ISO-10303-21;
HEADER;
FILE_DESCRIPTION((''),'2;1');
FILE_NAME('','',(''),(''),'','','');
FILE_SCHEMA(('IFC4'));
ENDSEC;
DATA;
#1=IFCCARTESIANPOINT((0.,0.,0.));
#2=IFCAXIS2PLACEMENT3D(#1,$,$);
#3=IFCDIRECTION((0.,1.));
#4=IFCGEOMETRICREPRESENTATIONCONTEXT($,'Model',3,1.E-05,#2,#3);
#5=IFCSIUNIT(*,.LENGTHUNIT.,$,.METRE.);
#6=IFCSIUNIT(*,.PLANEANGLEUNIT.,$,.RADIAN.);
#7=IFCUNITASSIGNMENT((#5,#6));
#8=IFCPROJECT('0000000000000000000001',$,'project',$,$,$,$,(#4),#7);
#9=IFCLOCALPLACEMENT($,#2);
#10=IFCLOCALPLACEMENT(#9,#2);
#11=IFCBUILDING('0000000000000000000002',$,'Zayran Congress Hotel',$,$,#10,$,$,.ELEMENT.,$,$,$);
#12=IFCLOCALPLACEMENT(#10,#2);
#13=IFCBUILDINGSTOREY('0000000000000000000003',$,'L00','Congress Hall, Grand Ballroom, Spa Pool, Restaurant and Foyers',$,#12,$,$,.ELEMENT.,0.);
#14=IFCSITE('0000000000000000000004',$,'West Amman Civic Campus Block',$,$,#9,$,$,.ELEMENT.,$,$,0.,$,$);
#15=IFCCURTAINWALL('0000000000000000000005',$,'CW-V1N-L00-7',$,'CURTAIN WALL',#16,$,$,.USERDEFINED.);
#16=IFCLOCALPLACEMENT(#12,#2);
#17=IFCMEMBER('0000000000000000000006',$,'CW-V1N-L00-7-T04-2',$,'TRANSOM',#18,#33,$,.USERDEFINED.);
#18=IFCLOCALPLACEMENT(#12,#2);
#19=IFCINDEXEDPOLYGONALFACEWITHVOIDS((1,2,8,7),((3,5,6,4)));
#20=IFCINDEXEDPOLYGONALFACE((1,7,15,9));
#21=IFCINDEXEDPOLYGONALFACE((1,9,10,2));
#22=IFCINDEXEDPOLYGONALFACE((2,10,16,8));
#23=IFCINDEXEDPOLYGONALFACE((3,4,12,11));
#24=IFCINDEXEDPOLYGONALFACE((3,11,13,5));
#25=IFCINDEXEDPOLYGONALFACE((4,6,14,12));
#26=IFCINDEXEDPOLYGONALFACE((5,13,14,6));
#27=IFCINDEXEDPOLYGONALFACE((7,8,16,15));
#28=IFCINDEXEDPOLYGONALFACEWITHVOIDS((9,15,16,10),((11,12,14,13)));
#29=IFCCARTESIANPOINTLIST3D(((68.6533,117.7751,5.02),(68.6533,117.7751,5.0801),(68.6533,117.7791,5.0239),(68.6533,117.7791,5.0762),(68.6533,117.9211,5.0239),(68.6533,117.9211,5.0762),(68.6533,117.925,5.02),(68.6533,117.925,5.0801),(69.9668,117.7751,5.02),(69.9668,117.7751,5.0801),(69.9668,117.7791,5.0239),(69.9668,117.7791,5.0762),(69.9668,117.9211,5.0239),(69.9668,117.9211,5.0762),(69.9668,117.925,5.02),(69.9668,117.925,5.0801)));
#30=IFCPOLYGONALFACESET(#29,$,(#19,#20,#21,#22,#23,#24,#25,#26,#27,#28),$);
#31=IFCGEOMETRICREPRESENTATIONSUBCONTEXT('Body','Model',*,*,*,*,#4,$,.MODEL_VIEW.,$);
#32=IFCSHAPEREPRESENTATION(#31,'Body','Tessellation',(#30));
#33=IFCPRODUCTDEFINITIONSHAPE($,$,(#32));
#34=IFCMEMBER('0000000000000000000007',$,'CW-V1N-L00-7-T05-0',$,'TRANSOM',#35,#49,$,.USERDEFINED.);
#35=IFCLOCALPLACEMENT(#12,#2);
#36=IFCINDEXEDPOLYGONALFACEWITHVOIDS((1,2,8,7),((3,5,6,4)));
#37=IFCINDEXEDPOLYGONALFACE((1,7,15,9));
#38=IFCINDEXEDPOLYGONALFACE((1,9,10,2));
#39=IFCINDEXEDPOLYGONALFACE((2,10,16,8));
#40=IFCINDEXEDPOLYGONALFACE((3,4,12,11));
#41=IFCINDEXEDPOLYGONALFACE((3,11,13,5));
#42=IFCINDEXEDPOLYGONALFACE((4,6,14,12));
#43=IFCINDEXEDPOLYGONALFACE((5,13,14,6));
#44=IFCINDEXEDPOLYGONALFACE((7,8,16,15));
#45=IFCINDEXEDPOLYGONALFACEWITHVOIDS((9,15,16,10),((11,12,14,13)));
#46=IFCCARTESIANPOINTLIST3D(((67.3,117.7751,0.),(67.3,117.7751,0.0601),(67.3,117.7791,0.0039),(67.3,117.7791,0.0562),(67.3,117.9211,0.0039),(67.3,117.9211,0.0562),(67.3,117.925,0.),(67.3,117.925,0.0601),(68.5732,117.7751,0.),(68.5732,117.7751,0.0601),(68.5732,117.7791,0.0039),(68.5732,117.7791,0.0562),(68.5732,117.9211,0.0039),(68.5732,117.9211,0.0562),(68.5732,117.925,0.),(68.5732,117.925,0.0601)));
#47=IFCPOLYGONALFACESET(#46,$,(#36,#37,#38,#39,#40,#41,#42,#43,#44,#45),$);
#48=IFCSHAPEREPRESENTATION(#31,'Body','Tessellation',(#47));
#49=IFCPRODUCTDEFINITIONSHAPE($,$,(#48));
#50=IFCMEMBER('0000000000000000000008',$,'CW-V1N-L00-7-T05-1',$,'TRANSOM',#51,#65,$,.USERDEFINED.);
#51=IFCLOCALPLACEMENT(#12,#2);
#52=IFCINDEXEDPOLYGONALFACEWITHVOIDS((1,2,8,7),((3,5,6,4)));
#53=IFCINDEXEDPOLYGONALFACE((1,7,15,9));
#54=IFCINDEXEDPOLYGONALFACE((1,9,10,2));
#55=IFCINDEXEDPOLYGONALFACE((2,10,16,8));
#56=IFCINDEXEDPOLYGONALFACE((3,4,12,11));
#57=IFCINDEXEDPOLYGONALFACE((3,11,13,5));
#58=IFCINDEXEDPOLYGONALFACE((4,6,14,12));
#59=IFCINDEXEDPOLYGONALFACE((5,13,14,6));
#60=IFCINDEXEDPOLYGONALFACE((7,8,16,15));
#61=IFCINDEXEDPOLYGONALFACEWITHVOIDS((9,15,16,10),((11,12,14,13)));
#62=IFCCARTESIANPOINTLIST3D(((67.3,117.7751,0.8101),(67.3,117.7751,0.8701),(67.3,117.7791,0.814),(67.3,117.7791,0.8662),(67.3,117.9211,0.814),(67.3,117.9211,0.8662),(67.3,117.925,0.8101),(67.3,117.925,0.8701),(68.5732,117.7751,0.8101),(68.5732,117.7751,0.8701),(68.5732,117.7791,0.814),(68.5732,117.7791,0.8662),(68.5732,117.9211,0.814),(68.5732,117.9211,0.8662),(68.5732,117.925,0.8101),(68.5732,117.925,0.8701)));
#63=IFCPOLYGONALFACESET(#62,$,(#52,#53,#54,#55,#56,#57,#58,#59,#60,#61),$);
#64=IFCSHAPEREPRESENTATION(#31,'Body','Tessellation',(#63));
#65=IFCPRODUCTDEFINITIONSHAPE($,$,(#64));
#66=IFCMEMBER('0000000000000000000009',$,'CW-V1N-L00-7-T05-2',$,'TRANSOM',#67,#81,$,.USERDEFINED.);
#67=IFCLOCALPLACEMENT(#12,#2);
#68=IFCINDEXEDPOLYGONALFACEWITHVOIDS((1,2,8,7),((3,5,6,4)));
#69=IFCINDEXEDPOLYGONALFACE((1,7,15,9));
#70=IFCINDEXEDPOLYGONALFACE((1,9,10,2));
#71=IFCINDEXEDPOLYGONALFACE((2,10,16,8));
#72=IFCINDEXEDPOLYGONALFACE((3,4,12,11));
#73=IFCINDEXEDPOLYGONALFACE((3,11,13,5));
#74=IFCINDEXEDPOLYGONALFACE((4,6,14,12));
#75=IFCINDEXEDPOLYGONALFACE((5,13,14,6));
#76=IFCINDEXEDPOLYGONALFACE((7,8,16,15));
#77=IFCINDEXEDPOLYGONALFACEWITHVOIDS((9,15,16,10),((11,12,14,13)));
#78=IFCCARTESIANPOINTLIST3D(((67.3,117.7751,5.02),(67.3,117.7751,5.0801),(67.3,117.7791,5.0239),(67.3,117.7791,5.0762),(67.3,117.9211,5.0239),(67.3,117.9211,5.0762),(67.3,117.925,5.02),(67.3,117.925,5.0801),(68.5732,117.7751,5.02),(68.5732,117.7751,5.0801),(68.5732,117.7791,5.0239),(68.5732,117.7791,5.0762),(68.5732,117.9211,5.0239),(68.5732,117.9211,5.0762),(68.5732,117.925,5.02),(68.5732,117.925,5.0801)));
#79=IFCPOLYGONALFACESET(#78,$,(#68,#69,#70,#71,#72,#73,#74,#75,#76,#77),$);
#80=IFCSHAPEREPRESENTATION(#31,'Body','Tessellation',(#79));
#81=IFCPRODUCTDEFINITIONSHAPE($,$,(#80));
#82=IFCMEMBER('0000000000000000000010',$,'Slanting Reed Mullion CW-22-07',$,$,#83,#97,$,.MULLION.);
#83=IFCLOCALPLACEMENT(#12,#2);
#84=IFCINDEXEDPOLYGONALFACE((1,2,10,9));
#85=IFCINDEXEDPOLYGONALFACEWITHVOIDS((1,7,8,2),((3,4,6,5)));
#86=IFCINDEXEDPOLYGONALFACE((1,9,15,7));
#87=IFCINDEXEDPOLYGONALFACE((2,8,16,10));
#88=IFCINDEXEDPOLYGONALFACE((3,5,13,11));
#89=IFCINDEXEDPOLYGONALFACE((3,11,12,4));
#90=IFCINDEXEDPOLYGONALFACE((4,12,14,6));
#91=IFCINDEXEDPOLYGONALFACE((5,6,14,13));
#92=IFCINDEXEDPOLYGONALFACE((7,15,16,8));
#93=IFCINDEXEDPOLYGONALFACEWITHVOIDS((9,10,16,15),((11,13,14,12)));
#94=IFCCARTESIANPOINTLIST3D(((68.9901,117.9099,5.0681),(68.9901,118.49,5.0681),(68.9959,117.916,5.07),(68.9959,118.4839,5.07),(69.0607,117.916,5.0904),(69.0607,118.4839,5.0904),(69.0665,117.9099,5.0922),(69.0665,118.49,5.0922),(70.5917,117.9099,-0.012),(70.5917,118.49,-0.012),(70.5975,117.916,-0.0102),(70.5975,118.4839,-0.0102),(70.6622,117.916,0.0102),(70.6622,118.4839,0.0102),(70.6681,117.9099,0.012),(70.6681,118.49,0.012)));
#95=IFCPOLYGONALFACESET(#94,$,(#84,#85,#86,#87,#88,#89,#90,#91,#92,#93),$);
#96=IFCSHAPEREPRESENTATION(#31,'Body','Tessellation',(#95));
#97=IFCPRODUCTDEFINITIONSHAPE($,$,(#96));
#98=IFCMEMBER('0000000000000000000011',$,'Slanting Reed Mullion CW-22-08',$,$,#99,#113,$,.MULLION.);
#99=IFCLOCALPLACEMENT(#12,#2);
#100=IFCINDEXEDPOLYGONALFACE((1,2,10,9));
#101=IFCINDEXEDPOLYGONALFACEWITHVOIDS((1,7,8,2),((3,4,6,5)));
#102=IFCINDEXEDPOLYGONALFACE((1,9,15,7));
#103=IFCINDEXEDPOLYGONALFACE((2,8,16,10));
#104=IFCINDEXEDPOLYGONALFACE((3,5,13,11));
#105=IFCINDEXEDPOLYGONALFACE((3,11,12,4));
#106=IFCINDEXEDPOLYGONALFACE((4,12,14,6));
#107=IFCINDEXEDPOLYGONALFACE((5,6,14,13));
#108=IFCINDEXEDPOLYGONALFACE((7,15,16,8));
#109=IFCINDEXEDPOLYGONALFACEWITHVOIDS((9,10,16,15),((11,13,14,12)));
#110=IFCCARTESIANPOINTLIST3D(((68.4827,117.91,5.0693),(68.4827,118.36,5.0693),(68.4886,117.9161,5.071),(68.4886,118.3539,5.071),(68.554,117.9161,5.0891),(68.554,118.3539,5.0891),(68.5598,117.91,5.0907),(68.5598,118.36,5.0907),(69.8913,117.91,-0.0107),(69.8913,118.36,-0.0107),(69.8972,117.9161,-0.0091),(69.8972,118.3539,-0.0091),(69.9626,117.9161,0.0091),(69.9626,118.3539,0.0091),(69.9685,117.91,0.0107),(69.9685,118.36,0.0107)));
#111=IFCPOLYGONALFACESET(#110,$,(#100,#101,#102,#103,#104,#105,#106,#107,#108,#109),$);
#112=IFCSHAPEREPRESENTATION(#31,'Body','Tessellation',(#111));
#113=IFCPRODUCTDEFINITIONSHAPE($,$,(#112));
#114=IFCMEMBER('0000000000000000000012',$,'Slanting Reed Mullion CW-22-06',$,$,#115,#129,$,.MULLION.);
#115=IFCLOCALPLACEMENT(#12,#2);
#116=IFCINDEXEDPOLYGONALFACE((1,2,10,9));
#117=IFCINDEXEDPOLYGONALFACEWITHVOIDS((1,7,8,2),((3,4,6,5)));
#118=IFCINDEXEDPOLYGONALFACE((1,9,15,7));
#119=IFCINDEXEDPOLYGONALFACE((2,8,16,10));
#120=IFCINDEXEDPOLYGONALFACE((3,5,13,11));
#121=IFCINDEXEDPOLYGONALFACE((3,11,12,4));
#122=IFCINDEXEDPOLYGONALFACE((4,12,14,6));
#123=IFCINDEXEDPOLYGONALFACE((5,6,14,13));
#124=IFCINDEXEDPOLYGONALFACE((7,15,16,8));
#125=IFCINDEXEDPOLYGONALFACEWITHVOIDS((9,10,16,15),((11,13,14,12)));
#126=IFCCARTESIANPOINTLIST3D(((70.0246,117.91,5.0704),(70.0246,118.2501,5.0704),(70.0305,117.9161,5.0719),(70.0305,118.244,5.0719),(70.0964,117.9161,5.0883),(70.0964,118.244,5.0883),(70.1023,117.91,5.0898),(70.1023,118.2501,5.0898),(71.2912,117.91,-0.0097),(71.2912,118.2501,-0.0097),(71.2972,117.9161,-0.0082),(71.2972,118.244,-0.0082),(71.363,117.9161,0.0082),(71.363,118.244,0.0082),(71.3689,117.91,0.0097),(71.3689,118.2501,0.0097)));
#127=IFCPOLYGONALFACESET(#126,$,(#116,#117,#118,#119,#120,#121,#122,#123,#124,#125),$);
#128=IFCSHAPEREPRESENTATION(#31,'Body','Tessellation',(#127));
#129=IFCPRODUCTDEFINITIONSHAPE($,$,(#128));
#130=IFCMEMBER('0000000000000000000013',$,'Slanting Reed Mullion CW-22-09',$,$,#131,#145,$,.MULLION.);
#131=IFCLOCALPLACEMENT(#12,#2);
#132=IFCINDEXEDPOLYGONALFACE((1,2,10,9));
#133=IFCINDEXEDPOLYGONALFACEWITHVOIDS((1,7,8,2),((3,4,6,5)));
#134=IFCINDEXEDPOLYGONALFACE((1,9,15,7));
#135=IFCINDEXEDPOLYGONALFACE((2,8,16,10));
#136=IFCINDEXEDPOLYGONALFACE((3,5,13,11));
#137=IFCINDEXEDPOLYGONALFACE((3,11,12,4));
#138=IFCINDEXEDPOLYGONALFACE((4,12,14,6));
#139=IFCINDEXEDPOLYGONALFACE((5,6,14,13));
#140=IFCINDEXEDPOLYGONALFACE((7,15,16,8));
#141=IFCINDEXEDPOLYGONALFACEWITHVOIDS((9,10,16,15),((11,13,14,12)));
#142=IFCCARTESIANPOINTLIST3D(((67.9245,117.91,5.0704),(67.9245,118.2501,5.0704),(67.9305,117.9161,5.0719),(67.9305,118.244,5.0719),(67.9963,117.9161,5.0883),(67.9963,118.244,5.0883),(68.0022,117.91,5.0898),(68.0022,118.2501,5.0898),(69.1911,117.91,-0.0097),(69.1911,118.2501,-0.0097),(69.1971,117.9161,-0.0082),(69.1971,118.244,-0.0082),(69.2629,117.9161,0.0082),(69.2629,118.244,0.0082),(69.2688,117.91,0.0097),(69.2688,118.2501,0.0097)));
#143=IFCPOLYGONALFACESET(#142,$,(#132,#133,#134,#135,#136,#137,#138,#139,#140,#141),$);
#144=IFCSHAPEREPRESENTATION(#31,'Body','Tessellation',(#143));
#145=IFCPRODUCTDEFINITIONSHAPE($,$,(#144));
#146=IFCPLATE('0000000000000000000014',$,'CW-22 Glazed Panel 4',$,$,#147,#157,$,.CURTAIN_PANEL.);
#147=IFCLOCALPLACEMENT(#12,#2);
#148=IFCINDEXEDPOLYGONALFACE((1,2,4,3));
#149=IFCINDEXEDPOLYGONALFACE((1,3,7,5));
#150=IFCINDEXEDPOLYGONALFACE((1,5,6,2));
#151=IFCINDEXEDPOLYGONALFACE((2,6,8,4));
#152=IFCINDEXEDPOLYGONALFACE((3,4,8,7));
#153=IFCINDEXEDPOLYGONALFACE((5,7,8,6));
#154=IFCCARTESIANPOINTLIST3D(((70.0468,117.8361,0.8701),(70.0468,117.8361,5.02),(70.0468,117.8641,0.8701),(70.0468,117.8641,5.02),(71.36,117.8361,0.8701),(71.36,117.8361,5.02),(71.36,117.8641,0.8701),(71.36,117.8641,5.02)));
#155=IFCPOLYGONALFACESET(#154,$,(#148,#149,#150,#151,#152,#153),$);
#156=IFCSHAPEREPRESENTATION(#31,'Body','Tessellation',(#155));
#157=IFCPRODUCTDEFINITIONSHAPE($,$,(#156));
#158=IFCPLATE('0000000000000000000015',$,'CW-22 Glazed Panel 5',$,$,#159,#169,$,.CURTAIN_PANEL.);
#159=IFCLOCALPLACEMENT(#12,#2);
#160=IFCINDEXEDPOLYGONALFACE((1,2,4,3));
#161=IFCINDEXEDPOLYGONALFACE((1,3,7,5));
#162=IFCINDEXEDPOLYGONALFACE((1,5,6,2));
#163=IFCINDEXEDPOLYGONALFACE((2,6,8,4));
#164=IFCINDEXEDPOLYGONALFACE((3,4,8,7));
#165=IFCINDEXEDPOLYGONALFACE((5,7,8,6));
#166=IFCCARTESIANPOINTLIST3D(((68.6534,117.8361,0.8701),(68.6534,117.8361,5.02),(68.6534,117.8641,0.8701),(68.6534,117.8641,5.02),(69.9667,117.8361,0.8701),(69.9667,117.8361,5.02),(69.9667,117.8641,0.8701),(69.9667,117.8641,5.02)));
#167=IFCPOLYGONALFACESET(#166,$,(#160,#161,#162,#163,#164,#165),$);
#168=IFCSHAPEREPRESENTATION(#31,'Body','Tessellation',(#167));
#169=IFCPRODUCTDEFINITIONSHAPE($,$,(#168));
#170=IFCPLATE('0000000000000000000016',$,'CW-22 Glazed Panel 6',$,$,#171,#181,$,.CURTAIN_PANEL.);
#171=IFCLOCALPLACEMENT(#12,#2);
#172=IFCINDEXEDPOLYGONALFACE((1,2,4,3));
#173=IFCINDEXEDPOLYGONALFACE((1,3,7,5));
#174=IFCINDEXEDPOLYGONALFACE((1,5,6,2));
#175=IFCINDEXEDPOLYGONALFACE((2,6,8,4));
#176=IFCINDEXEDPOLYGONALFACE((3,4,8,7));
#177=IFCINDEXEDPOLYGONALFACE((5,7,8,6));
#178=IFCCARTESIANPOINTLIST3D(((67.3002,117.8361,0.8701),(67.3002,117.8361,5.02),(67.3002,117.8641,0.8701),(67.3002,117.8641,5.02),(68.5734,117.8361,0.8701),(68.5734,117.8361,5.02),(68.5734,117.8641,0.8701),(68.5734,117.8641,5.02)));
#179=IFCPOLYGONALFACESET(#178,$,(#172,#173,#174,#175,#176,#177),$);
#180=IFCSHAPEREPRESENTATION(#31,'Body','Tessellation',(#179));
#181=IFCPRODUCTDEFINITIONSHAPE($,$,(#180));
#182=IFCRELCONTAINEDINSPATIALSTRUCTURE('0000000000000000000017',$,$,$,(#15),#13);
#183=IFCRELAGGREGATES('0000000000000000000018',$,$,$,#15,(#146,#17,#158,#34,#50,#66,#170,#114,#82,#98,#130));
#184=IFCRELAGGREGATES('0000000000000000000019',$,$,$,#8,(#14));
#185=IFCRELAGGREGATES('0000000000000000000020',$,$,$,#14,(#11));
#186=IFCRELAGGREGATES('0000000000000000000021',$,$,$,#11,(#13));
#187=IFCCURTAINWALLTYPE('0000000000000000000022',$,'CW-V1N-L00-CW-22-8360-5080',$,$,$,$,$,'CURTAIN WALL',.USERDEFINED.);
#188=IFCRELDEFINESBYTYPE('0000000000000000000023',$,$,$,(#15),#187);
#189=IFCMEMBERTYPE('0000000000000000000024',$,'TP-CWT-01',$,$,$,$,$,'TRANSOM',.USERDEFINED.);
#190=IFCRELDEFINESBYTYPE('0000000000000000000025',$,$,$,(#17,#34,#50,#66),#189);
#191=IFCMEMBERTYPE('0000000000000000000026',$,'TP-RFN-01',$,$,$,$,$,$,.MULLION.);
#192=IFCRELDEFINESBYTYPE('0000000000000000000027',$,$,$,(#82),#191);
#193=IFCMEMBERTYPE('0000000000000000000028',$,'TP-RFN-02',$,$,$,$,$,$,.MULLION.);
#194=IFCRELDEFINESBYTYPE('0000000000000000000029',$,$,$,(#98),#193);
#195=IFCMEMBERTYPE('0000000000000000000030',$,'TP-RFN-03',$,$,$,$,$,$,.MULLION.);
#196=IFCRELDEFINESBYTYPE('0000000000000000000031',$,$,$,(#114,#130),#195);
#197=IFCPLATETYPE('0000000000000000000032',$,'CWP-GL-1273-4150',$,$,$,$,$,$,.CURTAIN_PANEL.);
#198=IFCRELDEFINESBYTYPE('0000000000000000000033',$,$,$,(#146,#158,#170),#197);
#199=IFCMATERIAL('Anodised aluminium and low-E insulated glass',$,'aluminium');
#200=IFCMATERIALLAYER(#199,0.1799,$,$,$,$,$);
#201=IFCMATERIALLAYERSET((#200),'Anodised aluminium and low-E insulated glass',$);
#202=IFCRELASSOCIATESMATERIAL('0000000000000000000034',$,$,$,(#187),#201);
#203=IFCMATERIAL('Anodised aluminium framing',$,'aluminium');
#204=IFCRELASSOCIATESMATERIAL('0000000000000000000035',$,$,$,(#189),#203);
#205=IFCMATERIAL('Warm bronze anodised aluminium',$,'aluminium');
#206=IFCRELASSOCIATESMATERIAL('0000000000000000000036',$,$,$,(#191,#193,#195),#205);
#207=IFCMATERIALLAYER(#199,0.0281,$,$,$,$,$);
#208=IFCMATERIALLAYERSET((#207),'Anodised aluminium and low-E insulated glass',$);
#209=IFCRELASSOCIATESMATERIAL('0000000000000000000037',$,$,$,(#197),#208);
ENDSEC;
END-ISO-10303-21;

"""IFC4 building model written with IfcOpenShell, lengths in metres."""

from ifc_helpers import new_model, si_unit, direction, frame, origin, origin_2d, place, context, subcontext, project, spatial, rectangle, hollow_rectangle, extrude, material, layer, layer_set, material_profile, profile_set, type_object, element, aggregate, save


model = new_model("IFC4")

# Units and contexts
model_context = context("Model", 3, precision=1e-05, world=origin(), true_north=direction((0.0, 1.0)))
body_context = subcontext(model_context, "Body", "Model", "MODEL_VIEW")
ifc_project = project(units=[si_unit("LENGTHUNIT", "METRE"), si_unit("PLANEANGLEUNIT", "RADIAN")], contexts=[model_context])

# Site, building, storey
site_placement = place(None, origin())
site = spatial("IfcSite", under=ifc_project, at=site_placement, Name="West Amman Civic Campus Block", CompositionType="ELEMENT", RefElevation=0.0)
building_placement = place(site_placement, origin())
building = spatial("IfcBuilding", under=site, at=building_placement, Name="Zayran Congress Hotel", CompositionType="ELEMENT")
storey_placement = place(building_placement, origin())
storey = spatial("IfcBuildingStorey", under=building, at=storey_placement, Name="L00", Description="Congress Hall, Grand Ballroom, Spa Pool, Restaurant and Foyers", CompositionType="ELEMENT", Elevation=0.0)

# Shared definitions
ifc_material_1 = material(Name="Anodised aluminium and low-E insulated glass", Category="aluminium")
ifc_material_2 = material(Name="Anodised aluminium framing", Category="aluminium")

# Curtain wall
ifc_layer_1 = layer(ifc_material_1, 0.1799)
ifc_layer_set_1 = layer_set([ifc_layer_1], Name="Anodised aluminium and low-E insulated glass")
curtain_wall_type_1 = type_object("IfcCurtainWallType", Name="CW-V1N-L00-CW-22-8360-5080", ElementType="CURTAIN WALL", PredefinedType="USERDEFINED", material=ifc_layer_set_1)
curtain_wall_1_placement = place(storey_placement, origin())
curtain_wall_1 = element("IfcCurtainWall", 1, at=curtain_wall_1_placement, inside=storey, type_object=curtain_wall_type_1, Name="CW-V1N-L00-7", ObjectType="CURTAIN WALL", PredefinedType="USERDEFINED")

# Members
ifc_material_profile_1 = material_profile(ifc_material_2, hollow_rectangle(XDim=0.0601, YDim=0.1499, WallThickness=0.0039, at=origin_2d()), Name="RHS 150x60x4")
ifc_profile_set_1 = profile_set([ifc_material_profile_1], Name="Anodised aluminium framing")
member_type_1 = type_object("IfcMemberType", Name="TP-CWT-01", ElementType="TRANSOM", PredefinedType="USERDEFINED", material=ifc_profile_set_1)
member_1_placement = place(storey_placement, frame((69.9668, 117.8501, 5.05), z_axis=(-1.0, 0.0, 0.0), x_axis=(0.0, 0.0, 1.0)))
member_1 = element("IfcMember", 2, at=member_1_placement, type_object=member_type_1, Name="CW-V1N-L00-7-T04-2", ObjectType="TRANSOM", PredefinedType="USERDEFINED", context=body_context, shape_type="SweptSolid", body=[
    extrude(hollow_rectangle(XDim=0.0601, YDim=0.1499, WallThickness=0.0039, at=origin_2d()), origin(), (0.0, 0.0, 1.0), 1.3135),
])
member_2_placement = place(storey_placement, frame((68.5732, 117.8501, 0.03), z_axis=(-1.0, 0.0, 0.0), x_axis=(0.0, 0.0, 1.0)))
member_2 = element("IfcMember", 3, at=member_2_placement, type_object=member_type_1, Name="CW-V1N-L00-7-T05-0", ObjectType="TRANSOM", PredefinedType="USERDEFINED", context=body_context, shape_type="SweptSolid", body=[
    extrude(hollow_rectangle(XDim=0.0601, YDim=0.1499, WallThickness=0.0039, at=origin_2d()), origin(), (0.0, 0.0, 1.0), 1.2732),
])
member_3_placement = place(storey_placement, frame((68.5732, 117.8501, 0.8401), z_axis=(-1.0, 0.0, 0.0), x_axis=(0.0, 0.0, 1.0)))
member_3 = element("IfcMember", 4, at=member_3_placement, type_object=member_type_1, Name="CW-V1N-L00-7-T05-1", ObjectType="TRANSOM", PredefinedType="USERDEFINED", context=body_context, shape_type="SweptSolid", body=[
    extrude(hollow_rectangle(XDim=0.0601, YDim=0.1499, WallThickness=0.0039, at=origin_2d()), origin(), (0.0, 0.0, 1.0), 1.2732),
])
member_4_placement = place(storey_placement, frame((68.5732, 117.8501, 5.05), z_axis=(-1.0, 0.0, 0.0), x_axis=(0.0, 0.0, 1.0)))
member_4 = element("IfcMember", 5, at=member_4_placement, type_object=member_type_1, Name="CW-V1N-L00-7-T05-2", ObjectType="TRANSOM", PredefinedType="USERDEFINED", context=body_context, shape_type="SweptSolid", body=[
    extrude(hollow_rectangle(XDim=0.0601, YDim=0.1499, WallThickness=0.0039, at=origin_2d()), origin(), (0.0, 0.0, 1.0), 1.2732),
])
ifc_material_3 = material(Name="Warm bronze anodised aluminium", Category="aluminium")
ifc_material_profile_2 = material_profile(ifc_material_3, hollow_rectangle(XDim=0.0801, YDim=0.5801, WallThickness=0.0061, at=origin_2d()), Name="RHS 580x80x6")
ifc_profile_set_2 = profile_set([ifc_material_profile_2], Name="Warm bronze anodised aluminium")
member_type_2 = type_object("IfcMemberType", Name="TP-RFN-01", PredefinedType="MULLION", material=ifc_profile_set_2)
member_5_placement = place(storey_placement, frame((70.6299, 118.2, 0.0), z_axis=(-0.300675, 0.0, 0.953727), x_axis=(0.953727, 0.0, 0.300675)))
member_5 = element("IfcMember", 6, at=member_5_placement, type_object=member_type_2, Name="Slanting Reed Mullion CW-22-07", PredefinedType="MULLION", context=body_context, shape_type="SweptSolid", body=[
    extrude(hollow_rectangle(XDim=0.0801, YDim=0.5801, WallThickness=0.0061, at=origin_2d()), origin(), (0.0, 0.0, 1.0), 5.3267),
])
ifc_material_profile_3 = material_profile(ifc_material_3, hollow_rectangle(XDim=0.0801, YDim=0.45, WallThickness=0.0061, at=origin_2d()), Name="RHS 450x80x6")
ifc_profile_set_3 = profile_set([ifc_material_profile_3], Name="Warm bronze anodised aluminium")
member_type_3 = type_object("IfcMemberType", Name="TP-RFN-02", PredefinedType="MULLION", material=ifc_profile_set_3)
member_6_placement = place(storey_placement, frame((69.9299, 118.135, 0.0), z_axis=(-0.267214, 0.0, 0.963637), x_axis=(0.963637, 0.0, 0.267214)))
member_6 = element("IfcMember", 7, at=member_6_placement, type_object=member_type_3, Name="Slanting Reed Mullion CW-22-08", PredefinedType="MULLION", context=body_context, shape_type="SweptSolid", body=[
    extrude(hollow_rectangle(XDim=0.0801, YDim=0.45, WallThickness=0.0061, at=origin_2d()), origin(), (0.0, 0.0, 1.0), 5.2717),
])
ifc_material_profile_4 = material_profile(ifc_material_3, hollow_rectangle(XDim=0.0801, YDim=0.3401, WallThickness=0.0061, at=origin_2d()), Name="RHS 340x80x6")
ifc_profile_set_4 = profile_set([ifc_material_profile_4], Name="Warm bronze anodised aluminium")
member_type_4 = type_object("IfcMemberType", Name="TP-RFN-03", PredefinedType="MULLION", material=ifc_profile_set_4)
member_7_placement = place(storey_placement, frame((71.3301, 118.0801, 0.0), z_axis=(-0.241921, 0.0, 0.970296), x_axis=(0.970296, 0.0, 0.241921)))
member_7 = element("IfcMember", 8, at=member_7_placement, type_object=member_type_4, Name="Slanting Reed Mullion CW-22-06", PredefinedType="MULLION", context=body_context, shape_type="SweptSolid", body=[
    extrude(hollow_rectangle(XDim=0.0801, YDim=0.3401, WallThickness=0.0061, at=origin_2d()), origin(), (0.0, 0.0, 1.0), 5.2356),
])
member_8_placement = place(storey_placement, frame((69.23, 118.0801, 0.0), z_axis=(-0.241921, 0.0, 0.970296), x_axis=(0.970296, 0.0, 0.241921)))
member_8 = element("IfcMember", 9, at=member_8_placement, type_object=member_type_4, Name="Slanting Reed Mullion CW-22-09", PredefinedType="MULLION", context=body_context, shape_type="SweptSolid", body=[
    extrude(hollow_rectangle(XDim=0.0801, YDim=0.3401, WallThickness=0.0061, at=origin_2d()), origin(), (0.0, 0.0, 1.0), 5.2356),
])

# Plates
ifc_layer_2 = layer(ifc_material_1, 0.0281)
ifc_layer_set_2 = layer_set([ifc_layer_2], Name="Anodised aluminium and low-E insulated glass")
plate_type_1 = type_object("IfcPlateType", Name="CWP-GL-1273-4150", PredefinedType="CURTAIN_PANEL", material=ifc_layer_set_2)
plate_1_placement = place(storey_placement, frame((70.7034, 117.8501, 0.8701), z_axis=(0.0, 0.0, 1.0), x_axis=(1.0, 0.0, 0.0)))
plate_1 = element("IfcPlate", 10, at=plate_1_placement, type_object=plate_type_1, Name="CW-22 Glazed Panel 4", PredefinedType="CURTAIN_PANEL", context=body_context, shape_type="SweptSolid", body=[
    extrude(rectangle(XDim=1.3132, YDim=0.0281, at=origin_2d()), origin(), (0.0, 0.0, 1.0), 4.1499),
])
plate_2_placement = place(storey_placement, frame((69.3101, 117.8501, 0.8701), z_axis=(0.0, 0.0, 1.0), x_axis=(1.0, 0.0, 0.0)))
plate_2 = element("IfcPlate", 11, at=plate_2_placement, type_object=plate_type_1, Name="CW-22 Glazed Panel 5", PredefinedType="CURTAIN_PANEL", context=body_context, shape_type="SweptSolid", body=[
    extrude(rectangle(XDim=1.3132, YDim=0.0281, at=origin_2d()), origin(), (0.0, 0.0, 1.0), 4.1499),
])
plate_3_placement = place(storey_placement, frame((67.9368, 117.8501, 0.8701), z_axis=(0.0, 0.0, 1.0), x_axis=(1.0, 0.0, 0.0)))
plate_3 = element("IfcPlate", 12, at=plate_3_placement, type_object=plate_type_1, Name="CW-22 Glazed Panel 6", PredefinedType="CURTAIN_PANEL", context=body_context, shape_type="SweptSolid", body=[
    extrude(rectangle(XDim=1.2732, YDim=0.0281, at=origin_2d()), origin(), (0.0, 0.0, 1.0), 4.1499),
])
aggregate(curtain_wall_1, [plate_1, member_1, plate_2, member_2, member_3, member_4, plate_3, member_7, member_5, member_6, member_8])

save(model, "model.ifc")
